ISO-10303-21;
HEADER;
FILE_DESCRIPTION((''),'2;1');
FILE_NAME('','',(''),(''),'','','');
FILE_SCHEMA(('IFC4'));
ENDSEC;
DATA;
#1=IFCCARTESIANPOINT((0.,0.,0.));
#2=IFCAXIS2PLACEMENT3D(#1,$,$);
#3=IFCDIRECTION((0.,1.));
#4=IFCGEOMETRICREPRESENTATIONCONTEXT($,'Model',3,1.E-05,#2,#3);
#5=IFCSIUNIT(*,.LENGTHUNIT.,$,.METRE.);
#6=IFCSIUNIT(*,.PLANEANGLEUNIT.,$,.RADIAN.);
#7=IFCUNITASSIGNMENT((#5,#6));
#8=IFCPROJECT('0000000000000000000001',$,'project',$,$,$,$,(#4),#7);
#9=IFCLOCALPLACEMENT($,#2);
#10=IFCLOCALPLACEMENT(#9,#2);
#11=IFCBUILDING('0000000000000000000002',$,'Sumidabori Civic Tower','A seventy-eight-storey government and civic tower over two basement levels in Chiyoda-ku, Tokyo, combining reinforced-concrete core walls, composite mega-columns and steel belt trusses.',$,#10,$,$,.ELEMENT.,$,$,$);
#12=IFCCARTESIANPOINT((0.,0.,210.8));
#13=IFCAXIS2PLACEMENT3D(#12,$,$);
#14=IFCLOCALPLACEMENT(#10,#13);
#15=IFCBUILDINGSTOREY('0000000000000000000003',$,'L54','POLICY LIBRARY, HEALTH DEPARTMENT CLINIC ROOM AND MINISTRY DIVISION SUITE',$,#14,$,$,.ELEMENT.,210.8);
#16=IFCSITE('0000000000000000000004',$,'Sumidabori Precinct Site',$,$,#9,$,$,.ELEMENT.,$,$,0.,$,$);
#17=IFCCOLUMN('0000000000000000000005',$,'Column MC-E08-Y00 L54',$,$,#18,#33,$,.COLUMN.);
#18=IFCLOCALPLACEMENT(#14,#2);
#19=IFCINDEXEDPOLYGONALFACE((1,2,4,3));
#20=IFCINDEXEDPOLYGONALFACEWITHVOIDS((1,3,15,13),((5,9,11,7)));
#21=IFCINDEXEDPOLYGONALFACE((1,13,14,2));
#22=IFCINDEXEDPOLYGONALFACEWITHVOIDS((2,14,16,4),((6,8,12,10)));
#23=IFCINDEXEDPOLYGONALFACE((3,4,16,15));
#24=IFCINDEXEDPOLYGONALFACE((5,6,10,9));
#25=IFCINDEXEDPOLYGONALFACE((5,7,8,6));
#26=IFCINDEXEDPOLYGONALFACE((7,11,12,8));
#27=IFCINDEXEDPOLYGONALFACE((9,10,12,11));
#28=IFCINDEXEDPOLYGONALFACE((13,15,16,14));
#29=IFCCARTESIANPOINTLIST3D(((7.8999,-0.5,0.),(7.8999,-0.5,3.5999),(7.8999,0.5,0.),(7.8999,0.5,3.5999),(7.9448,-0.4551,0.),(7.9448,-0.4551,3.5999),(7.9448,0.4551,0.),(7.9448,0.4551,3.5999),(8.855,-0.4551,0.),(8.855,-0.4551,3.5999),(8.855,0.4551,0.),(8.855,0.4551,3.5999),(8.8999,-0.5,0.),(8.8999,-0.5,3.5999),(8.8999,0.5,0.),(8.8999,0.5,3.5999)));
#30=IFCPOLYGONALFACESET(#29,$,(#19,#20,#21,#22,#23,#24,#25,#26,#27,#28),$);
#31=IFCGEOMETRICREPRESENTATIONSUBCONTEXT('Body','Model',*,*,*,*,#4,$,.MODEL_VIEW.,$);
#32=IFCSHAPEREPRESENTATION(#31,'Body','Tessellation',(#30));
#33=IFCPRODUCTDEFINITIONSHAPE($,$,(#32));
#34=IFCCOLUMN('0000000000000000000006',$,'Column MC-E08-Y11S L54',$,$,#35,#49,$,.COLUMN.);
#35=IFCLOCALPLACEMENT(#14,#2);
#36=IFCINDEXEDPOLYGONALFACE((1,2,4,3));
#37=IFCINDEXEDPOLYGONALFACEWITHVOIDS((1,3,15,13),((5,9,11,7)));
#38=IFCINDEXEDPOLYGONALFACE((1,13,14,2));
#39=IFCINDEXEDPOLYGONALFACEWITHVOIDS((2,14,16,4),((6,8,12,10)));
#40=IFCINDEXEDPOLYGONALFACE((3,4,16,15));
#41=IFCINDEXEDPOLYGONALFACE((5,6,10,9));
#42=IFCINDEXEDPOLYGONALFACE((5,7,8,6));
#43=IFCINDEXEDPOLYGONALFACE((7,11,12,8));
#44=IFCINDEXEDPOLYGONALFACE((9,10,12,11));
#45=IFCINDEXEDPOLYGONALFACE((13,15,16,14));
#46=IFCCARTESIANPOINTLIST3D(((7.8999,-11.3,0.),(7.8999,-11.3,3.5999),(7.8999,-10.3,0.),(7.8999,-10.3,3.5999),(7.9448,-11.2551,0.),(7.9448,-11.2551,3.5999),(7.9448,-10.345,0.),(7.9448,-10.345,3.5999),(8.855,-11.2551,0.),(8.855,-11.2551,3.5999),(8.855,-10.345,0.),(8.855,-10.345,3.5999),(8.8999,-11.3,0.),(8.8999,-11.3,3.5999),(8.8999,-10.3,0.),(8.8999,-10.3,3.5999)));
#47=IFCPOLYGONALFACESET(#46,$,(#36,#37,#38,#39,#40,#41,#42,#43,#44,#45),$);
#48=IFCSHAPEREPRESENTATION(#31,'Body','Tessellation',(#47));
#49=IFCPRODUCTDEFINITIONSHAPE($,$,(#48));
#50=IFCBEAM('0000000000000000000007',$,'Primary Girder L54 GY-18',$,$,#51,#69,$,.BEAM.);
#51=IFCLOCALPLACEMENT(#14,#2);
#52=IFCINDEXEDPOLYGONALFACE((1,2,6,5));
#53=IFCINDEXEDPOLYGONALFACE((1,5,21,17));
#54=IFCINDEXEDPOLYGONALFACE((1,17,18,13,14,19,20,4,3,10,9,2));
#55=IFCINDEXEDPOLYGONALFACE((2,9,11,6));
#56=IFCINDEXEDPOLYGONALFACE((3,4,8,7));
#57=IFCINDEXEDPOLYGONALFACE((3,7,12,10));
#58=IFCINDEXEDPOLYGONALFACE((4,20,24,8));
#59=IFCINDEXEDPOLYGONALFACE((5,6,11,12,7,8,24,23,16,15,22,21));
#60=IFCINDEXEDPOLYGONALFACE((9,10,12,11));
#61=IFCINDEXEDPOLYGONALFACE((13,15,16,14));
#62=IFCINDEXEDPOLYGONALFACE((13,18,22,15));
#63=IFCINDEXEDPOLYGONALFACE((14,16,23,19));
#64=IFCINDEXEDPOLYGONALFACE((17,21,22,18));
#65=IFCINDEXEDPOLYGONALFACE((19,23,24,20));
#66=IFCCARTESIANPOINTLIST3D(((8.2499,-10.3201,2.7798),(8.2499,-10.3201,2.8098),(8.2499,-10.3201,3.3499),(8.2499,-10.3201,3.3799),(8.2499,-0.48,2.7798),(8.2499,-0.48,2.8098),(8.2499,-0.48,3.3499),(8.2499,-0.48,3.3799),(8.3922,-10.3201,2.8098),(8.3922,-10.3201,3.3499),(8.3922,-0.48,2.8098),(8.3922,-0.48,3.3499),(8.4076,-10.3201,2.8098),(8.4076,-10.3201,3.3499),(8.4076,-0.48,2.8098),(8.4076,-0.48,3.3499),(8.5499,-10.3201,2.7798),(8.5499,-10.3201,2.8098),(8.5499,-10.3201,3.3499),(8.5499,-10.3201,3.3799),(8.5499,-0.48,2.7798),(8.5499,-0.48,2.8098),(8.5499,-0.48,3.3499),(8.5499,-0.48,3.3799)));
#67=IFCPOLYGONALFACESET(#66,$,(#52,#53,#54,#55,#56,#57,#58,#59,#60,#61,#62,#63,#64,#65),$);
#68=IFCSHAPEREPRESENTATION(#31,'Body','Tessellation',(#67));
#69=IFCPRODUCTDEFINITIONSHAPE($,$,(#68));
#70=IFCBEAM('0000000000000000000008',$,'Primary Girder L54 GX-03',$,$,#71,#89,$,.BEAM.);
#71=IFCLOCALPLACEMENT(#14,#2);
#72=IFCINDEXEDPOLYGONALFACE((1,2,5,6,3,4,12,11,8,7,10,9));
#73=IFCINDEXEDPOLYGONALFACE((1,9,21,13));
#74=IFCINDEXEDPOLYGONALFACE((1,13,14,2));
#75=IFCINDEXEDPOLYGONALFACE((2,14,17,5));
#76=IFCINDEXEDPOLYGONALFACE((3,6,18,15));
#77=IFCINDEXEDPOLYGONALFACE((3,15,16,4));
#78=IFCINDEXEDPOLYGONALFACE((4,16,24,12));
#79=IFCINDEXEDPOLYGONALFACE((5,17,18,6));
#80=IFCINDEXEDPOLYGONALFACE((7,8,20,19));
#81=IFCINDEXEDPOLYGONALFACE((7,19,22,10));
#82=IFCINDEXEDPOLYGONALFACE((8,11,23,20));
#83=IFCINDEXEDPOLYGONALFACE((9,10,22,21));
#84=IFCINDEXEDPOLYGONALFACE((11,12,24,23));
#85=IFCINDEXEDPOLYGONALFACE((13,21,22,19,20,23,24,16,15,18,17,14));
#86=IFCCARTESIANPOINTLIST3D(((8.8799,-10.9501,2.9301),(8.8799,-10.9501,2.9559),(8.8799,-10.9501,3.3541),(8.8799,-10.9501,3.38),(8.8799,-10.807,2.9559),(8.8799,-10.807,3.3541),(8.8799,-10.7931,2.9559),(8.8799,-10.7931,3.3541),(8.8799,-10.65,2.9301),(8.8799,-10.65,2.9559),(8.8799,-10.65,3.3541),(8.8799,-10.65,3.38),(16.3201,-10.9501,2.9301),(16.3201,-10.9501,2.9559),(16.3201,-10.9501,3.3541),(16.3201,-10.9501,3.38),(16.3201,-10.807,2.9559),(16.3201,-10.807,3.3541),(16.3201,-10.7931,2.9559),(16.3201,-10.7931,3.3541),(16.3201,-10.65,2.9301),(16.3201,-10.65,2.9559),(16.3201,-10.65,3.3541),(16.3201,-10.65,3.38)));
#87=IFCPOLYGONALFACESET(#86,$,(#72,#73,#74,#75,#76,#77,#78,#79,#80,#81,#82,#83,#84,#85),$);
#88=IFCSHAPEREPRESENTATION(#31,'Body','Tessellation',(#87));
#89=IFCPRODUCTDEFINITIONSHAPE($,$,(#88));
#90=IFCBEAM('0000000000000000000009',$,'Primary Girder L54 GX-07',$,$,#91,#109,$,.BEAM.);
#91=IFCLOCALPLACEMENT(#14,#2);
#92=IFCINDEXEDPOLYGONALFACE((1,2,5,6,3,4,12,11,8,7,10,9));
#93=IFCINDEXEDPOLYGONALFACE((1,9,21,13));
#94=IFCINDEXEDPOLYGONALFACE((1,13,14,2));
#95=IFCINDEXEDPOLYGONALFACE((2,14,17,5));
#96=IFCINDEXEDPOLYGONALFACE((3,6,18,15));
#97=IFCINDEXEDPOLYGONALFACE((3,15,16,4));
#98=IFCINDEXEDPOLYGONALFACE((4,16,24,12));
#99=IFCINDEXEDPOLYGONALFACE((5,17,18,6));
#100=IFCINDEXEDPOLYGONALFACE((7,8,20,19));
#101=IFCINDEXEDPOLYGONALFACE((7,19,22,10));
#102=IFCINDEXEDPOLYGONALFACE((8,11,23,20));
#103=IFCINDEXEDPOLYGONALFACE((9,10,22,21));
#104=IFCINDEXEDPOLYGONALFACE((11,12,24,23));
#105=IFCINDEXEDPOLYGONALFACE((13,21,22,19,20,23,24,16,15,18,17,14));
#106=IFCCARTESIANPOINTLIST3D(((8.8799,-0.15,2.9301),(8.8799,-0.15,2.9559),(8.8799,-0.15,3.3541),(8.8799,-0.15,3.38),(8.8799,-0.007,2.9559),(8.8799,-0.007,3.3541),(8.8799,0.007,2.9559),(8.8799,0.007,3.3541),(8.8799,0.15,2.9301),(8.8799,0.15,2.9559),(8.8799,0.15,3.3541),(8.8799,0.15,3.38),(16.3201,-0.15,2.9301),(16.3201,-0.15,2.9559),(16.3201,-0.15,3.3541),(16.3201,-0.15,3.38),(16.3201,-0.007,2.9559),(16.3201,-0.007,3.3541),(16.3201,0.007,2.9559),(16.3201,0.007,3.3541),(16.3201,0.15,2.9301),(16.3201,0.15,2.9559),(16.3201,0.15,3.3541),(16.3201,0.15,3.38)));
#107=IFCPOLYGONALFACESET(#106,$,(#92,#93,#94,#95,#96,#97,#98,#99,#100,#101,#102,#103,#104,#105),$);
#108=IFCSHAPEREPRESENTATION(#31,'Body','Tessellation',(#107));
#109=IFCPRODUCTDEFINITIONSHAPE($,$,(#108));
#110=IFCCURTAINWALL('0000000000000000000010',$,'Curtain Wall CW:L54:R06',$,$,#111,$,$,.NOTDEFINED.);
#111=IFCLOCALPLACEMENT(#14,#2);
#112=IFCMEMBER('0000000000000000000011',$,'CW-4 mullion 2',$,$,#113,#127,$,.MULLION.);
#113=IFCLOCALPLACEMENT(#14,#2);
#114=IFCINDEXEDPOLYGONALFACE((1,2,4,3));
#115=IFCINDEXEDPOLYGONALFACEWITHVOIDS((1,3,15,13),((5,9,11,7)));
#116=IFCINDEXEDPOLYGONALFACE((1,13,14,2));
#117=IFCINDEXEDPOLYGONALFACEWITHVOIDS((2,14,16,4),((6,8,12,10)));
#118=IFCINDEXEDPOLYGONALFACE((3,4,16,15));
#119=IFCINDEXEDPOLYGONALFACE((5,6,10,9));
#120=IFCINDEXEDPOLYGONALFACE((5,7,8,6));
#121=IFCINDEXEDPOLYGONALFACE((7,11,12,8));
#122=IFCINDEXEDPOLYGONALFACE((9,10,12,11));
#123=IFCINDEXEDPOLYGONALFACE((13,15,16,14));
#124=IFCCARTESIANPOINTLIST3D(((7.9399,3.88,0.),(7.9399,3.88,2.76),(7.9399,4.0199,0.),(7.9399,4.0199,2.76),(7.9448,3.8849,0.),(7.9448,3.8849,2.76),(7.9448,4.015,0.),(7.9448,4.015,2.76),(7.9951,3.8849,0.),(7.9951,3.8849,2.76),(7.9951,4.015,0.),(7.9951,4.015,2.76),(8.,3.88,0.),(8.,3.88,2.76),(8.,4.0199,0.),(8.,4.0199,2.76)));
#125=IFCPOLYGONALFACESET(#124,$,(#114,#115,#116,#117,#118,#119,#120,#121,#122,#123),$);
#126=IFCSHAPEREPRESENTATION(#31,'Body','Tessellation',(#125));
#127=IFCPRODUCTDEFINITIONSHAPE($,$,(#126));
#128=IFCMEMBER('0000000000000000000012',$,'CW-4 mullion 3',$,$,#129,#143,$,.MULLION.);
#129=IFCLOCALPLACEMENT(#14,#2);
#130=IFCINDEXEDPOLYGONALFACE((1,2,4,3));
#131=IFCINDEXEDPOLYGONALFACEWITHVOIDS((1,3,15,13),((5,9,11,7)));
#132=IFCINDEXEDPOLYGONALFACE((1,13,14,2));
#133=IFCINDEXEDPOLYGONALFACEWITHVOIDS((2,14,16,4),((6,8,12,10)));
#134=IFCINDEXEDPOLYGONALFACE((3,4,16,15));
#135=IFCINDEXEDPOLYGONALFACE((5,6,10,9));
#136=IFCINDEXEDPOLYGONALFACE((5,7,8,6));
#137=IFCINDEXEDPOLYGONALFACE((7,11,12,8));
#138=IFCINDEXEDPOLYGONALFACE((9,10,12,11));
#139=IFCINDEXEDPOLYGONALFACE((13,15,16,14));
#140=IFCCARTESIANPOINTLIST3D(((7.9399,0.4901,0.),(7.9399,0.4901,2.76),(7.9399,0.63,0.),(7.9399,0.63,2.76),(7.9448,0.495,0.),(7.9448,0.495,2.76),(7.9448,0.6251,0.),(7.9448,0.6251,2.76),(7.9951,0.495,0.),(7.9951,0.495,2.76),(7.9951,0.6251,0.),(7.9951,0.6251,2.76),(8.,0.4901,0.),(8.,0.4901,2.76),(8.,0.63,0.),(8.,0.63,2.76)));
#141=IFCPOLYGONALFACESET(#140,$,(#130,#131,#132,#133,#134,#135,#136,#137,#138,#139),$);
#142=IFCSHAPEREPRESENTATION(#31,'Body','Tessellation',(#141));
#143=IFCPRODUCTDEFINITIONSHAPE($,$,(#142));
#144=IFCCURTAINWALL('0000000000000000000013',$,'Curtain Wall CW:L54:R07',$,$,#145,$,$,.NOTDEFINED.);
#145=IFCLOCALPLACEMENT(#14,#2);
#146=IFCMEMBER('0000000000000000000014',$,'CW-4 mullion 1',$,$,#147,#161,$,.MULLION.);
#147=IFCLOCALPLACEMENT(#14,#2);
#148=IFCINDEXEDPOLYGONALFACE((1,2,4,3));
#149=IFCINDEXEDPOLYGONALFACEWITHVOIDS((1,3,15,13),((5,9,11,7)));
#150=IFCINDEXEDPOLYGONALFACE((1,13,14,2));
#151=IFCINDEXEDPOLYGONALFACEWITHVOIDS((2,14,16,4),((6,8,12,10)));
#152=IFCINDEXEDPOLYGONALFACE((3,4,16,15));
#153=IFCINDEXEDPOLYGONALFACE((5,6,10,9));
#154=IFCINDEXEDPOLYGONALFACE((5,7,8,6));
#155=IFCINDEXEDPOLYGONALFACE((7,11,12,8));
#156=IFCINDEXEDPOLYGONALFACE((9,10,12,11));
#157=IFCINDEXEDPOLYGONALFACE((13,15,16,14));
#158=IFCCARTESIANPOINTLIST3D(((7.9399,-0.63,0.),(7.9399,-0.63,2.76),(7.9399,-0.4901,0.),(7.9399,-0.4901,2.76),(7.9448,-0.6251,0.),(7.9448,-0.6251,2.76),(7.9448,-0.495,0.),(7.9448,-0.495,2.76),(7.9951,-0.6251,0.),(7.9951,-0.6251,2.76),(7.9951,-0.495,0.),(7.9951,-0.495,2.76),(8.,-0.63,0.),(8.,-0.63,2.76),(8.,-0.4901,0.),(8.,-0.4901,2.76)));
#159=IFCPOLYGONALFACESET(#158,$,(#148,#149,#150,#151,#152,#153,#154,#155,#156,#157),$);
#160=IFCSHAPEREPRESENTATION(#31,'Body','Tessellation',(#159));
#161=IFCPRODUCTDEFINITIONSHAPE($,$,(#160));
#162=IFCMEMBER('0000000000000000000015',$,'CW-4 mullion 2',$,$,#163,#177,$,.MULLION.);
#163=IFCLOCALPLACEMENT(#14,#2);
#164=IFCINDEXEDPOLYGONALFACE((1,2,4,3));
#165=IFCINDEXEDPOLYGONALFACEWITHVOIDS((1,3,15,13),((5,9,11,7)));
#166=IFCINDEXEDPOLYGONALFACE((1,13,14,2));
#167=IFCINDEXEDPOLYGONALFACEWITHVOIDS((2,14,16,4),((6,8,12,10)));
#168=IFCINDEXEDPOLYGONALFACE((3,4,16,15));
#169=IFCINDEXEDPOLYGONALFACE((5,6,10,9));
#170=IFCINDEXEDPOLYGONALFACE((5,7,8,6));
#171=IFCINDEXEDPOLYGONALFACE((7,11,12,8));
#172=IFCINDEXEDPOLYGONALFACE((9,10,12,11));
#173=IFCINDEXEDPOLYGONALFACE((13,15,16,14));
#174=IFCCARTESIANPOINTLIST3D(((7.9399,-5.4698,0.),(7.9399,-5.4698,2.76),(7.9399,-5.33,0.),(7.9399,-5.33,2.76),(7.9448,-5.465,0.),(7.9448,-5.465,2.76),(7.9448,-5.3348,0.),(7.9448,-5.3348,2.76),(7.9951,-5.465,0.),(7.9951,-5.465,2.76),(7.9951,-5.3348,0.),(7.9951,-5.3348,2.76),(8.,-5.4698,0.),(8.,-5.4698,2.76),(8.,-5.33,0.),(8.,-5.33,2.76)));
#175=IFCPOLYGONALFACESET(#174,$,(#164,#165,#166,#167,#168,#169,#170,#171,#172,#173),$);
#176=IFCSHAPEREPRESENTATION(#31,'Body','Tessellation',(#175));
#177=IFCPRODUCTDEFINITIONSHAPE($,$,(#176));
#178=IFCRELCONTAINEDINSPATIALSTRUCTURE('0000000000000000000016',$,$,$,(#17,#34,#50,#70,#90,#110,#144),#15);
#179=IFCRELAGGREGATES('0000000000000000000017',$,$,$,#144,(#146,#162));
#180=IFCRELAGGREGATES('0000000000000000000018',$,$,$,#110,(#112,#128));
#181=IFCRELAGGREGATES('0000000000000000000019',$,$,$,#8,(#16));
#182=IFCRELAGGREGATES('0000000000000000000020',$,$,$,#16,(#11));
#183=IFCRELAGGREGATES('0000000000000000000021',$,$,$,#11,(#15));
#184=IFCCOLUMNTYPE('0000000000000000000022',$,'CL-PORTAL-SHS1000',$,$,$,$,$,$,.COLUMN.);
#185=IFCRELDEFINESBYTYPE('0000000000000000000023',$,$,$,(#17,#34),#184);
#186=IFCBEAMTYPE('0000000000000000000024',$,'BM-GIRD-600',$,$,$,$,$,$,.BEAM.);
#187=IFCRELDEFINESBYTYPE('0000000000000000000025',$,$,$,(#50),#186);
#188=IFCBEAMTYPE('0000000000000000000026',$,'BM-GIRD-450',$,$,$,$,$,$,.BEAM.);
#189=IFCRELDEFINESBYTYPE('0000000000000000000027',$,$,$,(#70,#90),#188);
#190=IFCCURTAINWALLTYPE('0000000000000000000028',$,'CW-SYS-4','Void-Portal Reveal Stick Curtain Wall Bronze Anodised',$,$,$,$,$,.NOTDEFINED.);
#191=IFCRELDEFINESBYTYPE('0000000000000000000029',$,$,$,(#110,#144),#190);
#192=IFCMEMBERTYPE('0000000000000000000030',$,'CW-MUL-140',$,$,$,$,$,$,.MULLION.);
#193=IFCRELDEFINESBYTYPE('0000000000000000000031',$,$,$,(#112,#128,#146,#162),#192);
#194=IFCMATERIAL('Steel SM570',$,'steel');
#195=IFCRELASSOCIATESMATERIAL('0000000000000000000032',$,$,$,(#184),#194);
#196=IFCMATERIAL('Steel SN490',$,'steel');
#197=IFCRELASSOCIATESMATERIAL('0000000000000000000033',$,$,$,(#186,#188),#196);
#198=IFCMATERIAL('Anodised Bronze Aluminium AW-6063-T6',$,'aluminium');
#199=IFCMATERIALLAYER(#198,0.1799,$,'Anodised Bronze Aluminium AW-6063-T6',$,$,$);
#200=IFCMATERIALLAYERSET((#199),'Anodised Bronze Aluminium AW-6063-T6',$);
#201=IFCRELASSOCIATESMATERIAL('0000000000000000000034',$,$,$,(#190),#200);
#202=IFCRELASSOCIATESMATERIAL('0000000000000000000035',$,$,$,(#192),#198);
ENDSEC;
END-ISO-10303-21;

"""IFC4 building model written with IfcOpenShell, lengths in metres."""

from ifc_helpers import new_model, si_unit, direction, frame, origin, origin_2d, place, context, subcontext, project, spatial, hollow_rectangle, i_section, extrude, source, transform, mapped, material, layer, layer_set, material_profile, profile_set, type_object, element, aggregate, save


model = new_model("IFC4")

# Units and contexts
model_context = context("Model", 3, precision=1e-05, world=origin(), true_north=direction((0.0, 1.0)))
body_context = subcontext(model_context, "Body", "Model", "MODEL_VIEW")
ifc_project = project(units=[si_unit("LENGTHUNIT", "METRE"), si_unit("PLANEANGLEUNIT", "RADIAN")], contexts=[model_context])

# Site, building, storey
site_placement = place(None, origin())
site = spatial("IfcSite", under=ifc_project, at=site_placement, Name="Sumidabori Precinct Site", CompositionType="ELEMENT", RefElevation=0.0)
building_placement = place(site_placement, origin())
building = spatial("IfcBuilding", under=site, at=building_placement, Name="Sumidabori Civic Tower", Description="A seventy-eight-storey government and civic tower over two basement levels in Chiyoda-ku, Tokyo, combining reinforced-concrete core walls, composite mega-columns and steel belt trusses.", CompositionType="ELEMENT")
storey_placement = place(building_placement, frame((0.0, 0.0, 210.8)))
storey = spatial("IfcBuildingStorey", under=building, at=storey_placement, Name="L54", Description="POLICY LIBRARY, HEALTH DEPARTMENT CLINIC ROOM AND MINISTRY DIVISION SUITE", CompositionType="ELEMENT", Elevation=210.8)

# Columns
ifc_material_1 = material(Name="Steel SM570", Category="steel")
ifc_material_profile_1 = material_profile(ifc_material_1, hollow_rectangle(XDim=1.0, YDim=1.0, WallThickness=0.0449, at=origin_2d()), Name="SHS 1000x1000x45")
ifc_profile_set_1 = profile_set([ifc_material_profile_1], Name="Steel SM570")
column_type = type_object("IfcColumnType", Name="CL-PORTAL-SHS1000", PredefinedType="COLUMN", material=ifc_profile_set_1)
shared_shape_1 = source(origin(), body_context, "Body", "SweptSolid", [
    extrude(hollow_rectangle(XDim=1.0, YDim=1.0, WallThickness=0.0449, at=origin_2d()), origin(), (0.0, 0.0, 1.0), 3.5999),
])
for number, where, z_axis, x_axis, name in (
    (1, (8.3999, 0.0, 0.0), (0.0, 0.0, 1.0), (1.0, 0.0, 0.0), "Column MC-E08-Y00 L54"),
    (2, (8.3999, -10.8, 0.0), (0.0, 0.0, 1.0), (1.0, 0.0, 0.0), "Column MC-E08-Y11S L54"),
):
    element("IfcColumn", number, at=place(storey_placement, frame(where, z_axis=z_axis, x_axis=x_axis)), inside=storey, type_object=column_type, Name=name, PredefinedType="COLUMN", context=body_context, shape_type="MappedRepresentation", body=[
        mapped(shared_shape_1, transform((0.0, 0.0, 0.0), x_axis=(1.0, 0.0, 0.0), y_axis=(0.0, 1.0, 0.0), z_axis=(0.0, 0.0, 1.0), scale=1.0)),
    ])

# Beams
ifc_material_2 = material(Name="Steel SN490", Category="steel")
ifc_material_profile_2 = material_profile(ifc_material_2, i_section(OverallWidth=0.3, OverallDepth=0.6001, WebThickness=0.0154, FlangeThickness=0.03, at=origin_2d()), Name="HE 600 B")
ifc_profile_set_2 = profile_set([ifc_material_profile_2], Name="Steel SN490")
beam_type_1 = type_object("IfcBeamType", Name="BM-GIRD-600", PredefinedType="BEAM", material=ifc_profile_set_2)
shared_shape_2 = source(origin(), body_context, "Body", "SweptSolid", [
    extrude(i_section(OverallWidth=0.3, OverallDepth=0.6001, WebThickness=0.0154, FlangeThickness=0.03, at=origin_2d()), origin(), (0.0, 0.0, 1.0), 9.8401),
])
beam_placement = place(storey_placement, frame((8.3999, -10.3201, 3.0798), z_axis=(0.0, 1.0, 0.0), x_axis=(-1.0, 0.0, 0.0)))
element("IfcBeam", 3, at=beam_placement, inside=storey, type_object=beam_type_1, Name="Primary Girder L54 GY-18", PredefinedType="BEAM", context=body_context, shape_type="MappedRepresentation", body=[
    mapped(shared_shape_2, transform((0.0, 0.0, 0.0), x_axis=(1.0, 0.0, 0.0), y_axis=(0.0, 1.0, 0.0), z_axis=(0.0, 0.0, 1.0), scale=1.0)),
])
ifc_material_profile_3 = material_profile(ifc_material_2, i_section(OverallWidth=0.3, OverallDepth=0.45, WebThickness=0.0139, FlangeThickness=0.0259, at=origin_2d()), Name="HE 450 B")
ifc_profile_set_3 = profile_set([ifc_material_profile_3], Name="Steel SN490")
beam_type_2 = type_object("IfcBeamType", Name="BM-GIRD-450", PredefinedType="BEAM", material=ifc_profile_set_3)
shared_shape_3 = source(origin(), body_context, "Body", "SweptSolid", [
    extrude(i_section(OverallWidth=0.3, OverallDepth=0.45, WebThickness=0.0139, FlangeThickness=0.0259, at=origin_2d()), origin(), (0.0, 0.0, 1.0), 7.4402),
])
for number, where, z_axis, x_axis, name in (
    (4, (8.8799, -10.8, 3.155), (1.0, 0.0, 0.0), (0.0, 1.0, 0.0), "Primary Girder L54 GX-03"),
    (5, (8.8799, 0.0, 3.155), (1.0, 0.0, 0.0), (0.0, 1.0, 0.0), "Primary Girder L54 GX-07"),
):
    element("IfcBeam", number, at=place(storey_placement, frame(where, z_axis=z_axis, x_axis=x_axis)), inside=storey, type_object=beam_type_2, Name=name, PredefinedType="BEAM", context=body_context, shape_type="MappedRepresentation", body=[
        mapped(shared_shape_3, transform((0.0, 0.0, 0.0), x_axis=(1.0, 0.0, 0.0), y_axis=(0.0, 1.0, 0.0), z_axis=(0.0, 0.0, 1.0), scale=1.0)),
    ])

# Curtain walls, members
ifc_material_3 = material(Name="Anodised Bronze Aluminium AW-6063-T6", Category="aluminium")
ifc_layer_1 = layer(ifc_material_3, 0.1799, Name="Anodised Bronze Aluminium AW-6063-T6")
ifc_layer_set_1 = layer_set([ifc_layer_1], Name="Anodised Bronze Aluminium AW-6063-T6")
curtain_wall_type_1 = type_object("IfcCurtainWallType", Name="CW-SYS-4", Description="Void-Portal Reveal Stick Curtain Wall Bronze Anodised", PredefinedType="NOTDEFINED", material=ifc_layer_set_1)
curtain_wall_1_placement = place(storey_placement, origin())
curtain_wall_1 = element("IfcCurtainWall", 6, at=curtain_wall_1_placement, inside=storey, type_object=curtain_wall_type_1, Name="Curtain Wall CW:L54:R06", PredefinedType="NOTDEFINED")
ifc_material_profile_4 = material_profile(ifc_material_3, hollow_rectangle(XDim=0.0601, YDim=0.1399, WallThickness=0.0049, at=origin_2d()), Name="ALU MULLION 140x60")
ifc_profile_set_4 = profile_set([ifc_material_profile_4], Name="Anodised Bronze Aluminium AW-6063-T6")
member_type_1 = type_object("IfcMemberType", Name="CW-MUL-140", PredefinedType="MULLION", material=ifc_profile_set_4)
shared_shape_4 = source(origin(), body_context, "Body", "SweptSolid", [
    extrude(hollow_rectangle(XDim=0.0601, YDim=0.1399, WallThickness=0.0049, at=origin_2d()), origin(), (0.0, 0.0, 1.0), 2.76),
])
member_1_placement = place(storey_placement, frame((7.97, 3.95, 0.0), z_axis=(0.0, 0.0, 1.0), x_axis=(1.0, 0.0, 0.0)))
member_1 = element("IfcMember", 7, at=member_1_placement, type_object=member_type_1, Name="CW-4 mullion 2", PredefinedType="MULLION", context=body_context, shape_type="MappedRepresentation", body=[
    mapped(shared_shape_4, transform((0.0, 0.0, 0.0), x_axis=(1.0, 0.0, 0.0), y_axis=(0.0, 1.0, 0.0), z_axis=(0.0, 0.0, 1.0), scale=1.0)),
])
member_2_placement = place(storey_placement, frame((7.97, 0.5601, 0.0), z_axis=(0.0, 0.0, 1.0), x_axis=(1.0, 0.0, 0.0)))
member_2 = element("IfcMember", 8, at=member_2_placement, type_object=member_type_1, Name="CW-4 mullion 3", PredefinedType="MULLION", context=body_context, shape_type="MappedRepresentation", body=[
    mapped(shared_shape_4, transform((0.0, 0.0, 0.0), x_axis=(1.0, 0.0, 0.0), y_axis=(0.0, 1.0, 0.0), z_axis=(0.0, 0.0, 1.0), scale=1.0)),
])
curtain_wall_2_placement = place(storey_placement, origin())
curtain_wall_2 = element("IfcCurtainWall", 9, at=curtain_wall_2_placement, inside=storey, type_object=curtain_wall_type_1, Name="Curtain Wall CW:L54:R07", PredefinedType="NOTDEFINED")
member_3_placement = place(storey_placement, frame((7.97, -0.5601, 0.0), z_axis=(0.0, 0.0, 1.0), x_axis=(1.0, 0.0, 0.0)))
member_3 = element("IfcMember", 10, at=member_3_placement, type_object=member_type_1, Name="CW-4 mullion 1", PredefinedType="MULLION", context=body_context, shape_type="MappedRepresentation", body=[
    mapped(shared_shape_4, transform((0.0, 0.0, 0.0), x_axis=(1.0, 0.0, 0.0), y_axis=(0.0, 1.0, 0.0), z_axis=(0.0, 0.0, 1.0), scale=1.0)),
])
member_4_placement = place(storey_placement, frame((7.97, -5.3999, 0.0), z_axis=(0.0, 0.0, 1.0), x_axis=(1.0, 0.0, 0.0)))
member_4 = element("IfcMember", 11, at=member_4_placement, type_object=member_type_1, Name="CW-4 mullion 2", PredefinedType="MULLION", context=body_context, shape_type="MappedRepresentation", body=[
    mapped(shared_shape_4, transform((0.0, 0.0, 0.0), x_axis=(1.0, 0.0, 0.0), y_axis=(0.0, 1.0, 0.0), z_axis=(0.0, 0.0, 1.0), scale=1.0)),
])

aggregate(curtain_wall_2, [member_3, member_4])
aggregate(curtain_wall_1, [member_1, member_2])

save(model, "model.ifc")
